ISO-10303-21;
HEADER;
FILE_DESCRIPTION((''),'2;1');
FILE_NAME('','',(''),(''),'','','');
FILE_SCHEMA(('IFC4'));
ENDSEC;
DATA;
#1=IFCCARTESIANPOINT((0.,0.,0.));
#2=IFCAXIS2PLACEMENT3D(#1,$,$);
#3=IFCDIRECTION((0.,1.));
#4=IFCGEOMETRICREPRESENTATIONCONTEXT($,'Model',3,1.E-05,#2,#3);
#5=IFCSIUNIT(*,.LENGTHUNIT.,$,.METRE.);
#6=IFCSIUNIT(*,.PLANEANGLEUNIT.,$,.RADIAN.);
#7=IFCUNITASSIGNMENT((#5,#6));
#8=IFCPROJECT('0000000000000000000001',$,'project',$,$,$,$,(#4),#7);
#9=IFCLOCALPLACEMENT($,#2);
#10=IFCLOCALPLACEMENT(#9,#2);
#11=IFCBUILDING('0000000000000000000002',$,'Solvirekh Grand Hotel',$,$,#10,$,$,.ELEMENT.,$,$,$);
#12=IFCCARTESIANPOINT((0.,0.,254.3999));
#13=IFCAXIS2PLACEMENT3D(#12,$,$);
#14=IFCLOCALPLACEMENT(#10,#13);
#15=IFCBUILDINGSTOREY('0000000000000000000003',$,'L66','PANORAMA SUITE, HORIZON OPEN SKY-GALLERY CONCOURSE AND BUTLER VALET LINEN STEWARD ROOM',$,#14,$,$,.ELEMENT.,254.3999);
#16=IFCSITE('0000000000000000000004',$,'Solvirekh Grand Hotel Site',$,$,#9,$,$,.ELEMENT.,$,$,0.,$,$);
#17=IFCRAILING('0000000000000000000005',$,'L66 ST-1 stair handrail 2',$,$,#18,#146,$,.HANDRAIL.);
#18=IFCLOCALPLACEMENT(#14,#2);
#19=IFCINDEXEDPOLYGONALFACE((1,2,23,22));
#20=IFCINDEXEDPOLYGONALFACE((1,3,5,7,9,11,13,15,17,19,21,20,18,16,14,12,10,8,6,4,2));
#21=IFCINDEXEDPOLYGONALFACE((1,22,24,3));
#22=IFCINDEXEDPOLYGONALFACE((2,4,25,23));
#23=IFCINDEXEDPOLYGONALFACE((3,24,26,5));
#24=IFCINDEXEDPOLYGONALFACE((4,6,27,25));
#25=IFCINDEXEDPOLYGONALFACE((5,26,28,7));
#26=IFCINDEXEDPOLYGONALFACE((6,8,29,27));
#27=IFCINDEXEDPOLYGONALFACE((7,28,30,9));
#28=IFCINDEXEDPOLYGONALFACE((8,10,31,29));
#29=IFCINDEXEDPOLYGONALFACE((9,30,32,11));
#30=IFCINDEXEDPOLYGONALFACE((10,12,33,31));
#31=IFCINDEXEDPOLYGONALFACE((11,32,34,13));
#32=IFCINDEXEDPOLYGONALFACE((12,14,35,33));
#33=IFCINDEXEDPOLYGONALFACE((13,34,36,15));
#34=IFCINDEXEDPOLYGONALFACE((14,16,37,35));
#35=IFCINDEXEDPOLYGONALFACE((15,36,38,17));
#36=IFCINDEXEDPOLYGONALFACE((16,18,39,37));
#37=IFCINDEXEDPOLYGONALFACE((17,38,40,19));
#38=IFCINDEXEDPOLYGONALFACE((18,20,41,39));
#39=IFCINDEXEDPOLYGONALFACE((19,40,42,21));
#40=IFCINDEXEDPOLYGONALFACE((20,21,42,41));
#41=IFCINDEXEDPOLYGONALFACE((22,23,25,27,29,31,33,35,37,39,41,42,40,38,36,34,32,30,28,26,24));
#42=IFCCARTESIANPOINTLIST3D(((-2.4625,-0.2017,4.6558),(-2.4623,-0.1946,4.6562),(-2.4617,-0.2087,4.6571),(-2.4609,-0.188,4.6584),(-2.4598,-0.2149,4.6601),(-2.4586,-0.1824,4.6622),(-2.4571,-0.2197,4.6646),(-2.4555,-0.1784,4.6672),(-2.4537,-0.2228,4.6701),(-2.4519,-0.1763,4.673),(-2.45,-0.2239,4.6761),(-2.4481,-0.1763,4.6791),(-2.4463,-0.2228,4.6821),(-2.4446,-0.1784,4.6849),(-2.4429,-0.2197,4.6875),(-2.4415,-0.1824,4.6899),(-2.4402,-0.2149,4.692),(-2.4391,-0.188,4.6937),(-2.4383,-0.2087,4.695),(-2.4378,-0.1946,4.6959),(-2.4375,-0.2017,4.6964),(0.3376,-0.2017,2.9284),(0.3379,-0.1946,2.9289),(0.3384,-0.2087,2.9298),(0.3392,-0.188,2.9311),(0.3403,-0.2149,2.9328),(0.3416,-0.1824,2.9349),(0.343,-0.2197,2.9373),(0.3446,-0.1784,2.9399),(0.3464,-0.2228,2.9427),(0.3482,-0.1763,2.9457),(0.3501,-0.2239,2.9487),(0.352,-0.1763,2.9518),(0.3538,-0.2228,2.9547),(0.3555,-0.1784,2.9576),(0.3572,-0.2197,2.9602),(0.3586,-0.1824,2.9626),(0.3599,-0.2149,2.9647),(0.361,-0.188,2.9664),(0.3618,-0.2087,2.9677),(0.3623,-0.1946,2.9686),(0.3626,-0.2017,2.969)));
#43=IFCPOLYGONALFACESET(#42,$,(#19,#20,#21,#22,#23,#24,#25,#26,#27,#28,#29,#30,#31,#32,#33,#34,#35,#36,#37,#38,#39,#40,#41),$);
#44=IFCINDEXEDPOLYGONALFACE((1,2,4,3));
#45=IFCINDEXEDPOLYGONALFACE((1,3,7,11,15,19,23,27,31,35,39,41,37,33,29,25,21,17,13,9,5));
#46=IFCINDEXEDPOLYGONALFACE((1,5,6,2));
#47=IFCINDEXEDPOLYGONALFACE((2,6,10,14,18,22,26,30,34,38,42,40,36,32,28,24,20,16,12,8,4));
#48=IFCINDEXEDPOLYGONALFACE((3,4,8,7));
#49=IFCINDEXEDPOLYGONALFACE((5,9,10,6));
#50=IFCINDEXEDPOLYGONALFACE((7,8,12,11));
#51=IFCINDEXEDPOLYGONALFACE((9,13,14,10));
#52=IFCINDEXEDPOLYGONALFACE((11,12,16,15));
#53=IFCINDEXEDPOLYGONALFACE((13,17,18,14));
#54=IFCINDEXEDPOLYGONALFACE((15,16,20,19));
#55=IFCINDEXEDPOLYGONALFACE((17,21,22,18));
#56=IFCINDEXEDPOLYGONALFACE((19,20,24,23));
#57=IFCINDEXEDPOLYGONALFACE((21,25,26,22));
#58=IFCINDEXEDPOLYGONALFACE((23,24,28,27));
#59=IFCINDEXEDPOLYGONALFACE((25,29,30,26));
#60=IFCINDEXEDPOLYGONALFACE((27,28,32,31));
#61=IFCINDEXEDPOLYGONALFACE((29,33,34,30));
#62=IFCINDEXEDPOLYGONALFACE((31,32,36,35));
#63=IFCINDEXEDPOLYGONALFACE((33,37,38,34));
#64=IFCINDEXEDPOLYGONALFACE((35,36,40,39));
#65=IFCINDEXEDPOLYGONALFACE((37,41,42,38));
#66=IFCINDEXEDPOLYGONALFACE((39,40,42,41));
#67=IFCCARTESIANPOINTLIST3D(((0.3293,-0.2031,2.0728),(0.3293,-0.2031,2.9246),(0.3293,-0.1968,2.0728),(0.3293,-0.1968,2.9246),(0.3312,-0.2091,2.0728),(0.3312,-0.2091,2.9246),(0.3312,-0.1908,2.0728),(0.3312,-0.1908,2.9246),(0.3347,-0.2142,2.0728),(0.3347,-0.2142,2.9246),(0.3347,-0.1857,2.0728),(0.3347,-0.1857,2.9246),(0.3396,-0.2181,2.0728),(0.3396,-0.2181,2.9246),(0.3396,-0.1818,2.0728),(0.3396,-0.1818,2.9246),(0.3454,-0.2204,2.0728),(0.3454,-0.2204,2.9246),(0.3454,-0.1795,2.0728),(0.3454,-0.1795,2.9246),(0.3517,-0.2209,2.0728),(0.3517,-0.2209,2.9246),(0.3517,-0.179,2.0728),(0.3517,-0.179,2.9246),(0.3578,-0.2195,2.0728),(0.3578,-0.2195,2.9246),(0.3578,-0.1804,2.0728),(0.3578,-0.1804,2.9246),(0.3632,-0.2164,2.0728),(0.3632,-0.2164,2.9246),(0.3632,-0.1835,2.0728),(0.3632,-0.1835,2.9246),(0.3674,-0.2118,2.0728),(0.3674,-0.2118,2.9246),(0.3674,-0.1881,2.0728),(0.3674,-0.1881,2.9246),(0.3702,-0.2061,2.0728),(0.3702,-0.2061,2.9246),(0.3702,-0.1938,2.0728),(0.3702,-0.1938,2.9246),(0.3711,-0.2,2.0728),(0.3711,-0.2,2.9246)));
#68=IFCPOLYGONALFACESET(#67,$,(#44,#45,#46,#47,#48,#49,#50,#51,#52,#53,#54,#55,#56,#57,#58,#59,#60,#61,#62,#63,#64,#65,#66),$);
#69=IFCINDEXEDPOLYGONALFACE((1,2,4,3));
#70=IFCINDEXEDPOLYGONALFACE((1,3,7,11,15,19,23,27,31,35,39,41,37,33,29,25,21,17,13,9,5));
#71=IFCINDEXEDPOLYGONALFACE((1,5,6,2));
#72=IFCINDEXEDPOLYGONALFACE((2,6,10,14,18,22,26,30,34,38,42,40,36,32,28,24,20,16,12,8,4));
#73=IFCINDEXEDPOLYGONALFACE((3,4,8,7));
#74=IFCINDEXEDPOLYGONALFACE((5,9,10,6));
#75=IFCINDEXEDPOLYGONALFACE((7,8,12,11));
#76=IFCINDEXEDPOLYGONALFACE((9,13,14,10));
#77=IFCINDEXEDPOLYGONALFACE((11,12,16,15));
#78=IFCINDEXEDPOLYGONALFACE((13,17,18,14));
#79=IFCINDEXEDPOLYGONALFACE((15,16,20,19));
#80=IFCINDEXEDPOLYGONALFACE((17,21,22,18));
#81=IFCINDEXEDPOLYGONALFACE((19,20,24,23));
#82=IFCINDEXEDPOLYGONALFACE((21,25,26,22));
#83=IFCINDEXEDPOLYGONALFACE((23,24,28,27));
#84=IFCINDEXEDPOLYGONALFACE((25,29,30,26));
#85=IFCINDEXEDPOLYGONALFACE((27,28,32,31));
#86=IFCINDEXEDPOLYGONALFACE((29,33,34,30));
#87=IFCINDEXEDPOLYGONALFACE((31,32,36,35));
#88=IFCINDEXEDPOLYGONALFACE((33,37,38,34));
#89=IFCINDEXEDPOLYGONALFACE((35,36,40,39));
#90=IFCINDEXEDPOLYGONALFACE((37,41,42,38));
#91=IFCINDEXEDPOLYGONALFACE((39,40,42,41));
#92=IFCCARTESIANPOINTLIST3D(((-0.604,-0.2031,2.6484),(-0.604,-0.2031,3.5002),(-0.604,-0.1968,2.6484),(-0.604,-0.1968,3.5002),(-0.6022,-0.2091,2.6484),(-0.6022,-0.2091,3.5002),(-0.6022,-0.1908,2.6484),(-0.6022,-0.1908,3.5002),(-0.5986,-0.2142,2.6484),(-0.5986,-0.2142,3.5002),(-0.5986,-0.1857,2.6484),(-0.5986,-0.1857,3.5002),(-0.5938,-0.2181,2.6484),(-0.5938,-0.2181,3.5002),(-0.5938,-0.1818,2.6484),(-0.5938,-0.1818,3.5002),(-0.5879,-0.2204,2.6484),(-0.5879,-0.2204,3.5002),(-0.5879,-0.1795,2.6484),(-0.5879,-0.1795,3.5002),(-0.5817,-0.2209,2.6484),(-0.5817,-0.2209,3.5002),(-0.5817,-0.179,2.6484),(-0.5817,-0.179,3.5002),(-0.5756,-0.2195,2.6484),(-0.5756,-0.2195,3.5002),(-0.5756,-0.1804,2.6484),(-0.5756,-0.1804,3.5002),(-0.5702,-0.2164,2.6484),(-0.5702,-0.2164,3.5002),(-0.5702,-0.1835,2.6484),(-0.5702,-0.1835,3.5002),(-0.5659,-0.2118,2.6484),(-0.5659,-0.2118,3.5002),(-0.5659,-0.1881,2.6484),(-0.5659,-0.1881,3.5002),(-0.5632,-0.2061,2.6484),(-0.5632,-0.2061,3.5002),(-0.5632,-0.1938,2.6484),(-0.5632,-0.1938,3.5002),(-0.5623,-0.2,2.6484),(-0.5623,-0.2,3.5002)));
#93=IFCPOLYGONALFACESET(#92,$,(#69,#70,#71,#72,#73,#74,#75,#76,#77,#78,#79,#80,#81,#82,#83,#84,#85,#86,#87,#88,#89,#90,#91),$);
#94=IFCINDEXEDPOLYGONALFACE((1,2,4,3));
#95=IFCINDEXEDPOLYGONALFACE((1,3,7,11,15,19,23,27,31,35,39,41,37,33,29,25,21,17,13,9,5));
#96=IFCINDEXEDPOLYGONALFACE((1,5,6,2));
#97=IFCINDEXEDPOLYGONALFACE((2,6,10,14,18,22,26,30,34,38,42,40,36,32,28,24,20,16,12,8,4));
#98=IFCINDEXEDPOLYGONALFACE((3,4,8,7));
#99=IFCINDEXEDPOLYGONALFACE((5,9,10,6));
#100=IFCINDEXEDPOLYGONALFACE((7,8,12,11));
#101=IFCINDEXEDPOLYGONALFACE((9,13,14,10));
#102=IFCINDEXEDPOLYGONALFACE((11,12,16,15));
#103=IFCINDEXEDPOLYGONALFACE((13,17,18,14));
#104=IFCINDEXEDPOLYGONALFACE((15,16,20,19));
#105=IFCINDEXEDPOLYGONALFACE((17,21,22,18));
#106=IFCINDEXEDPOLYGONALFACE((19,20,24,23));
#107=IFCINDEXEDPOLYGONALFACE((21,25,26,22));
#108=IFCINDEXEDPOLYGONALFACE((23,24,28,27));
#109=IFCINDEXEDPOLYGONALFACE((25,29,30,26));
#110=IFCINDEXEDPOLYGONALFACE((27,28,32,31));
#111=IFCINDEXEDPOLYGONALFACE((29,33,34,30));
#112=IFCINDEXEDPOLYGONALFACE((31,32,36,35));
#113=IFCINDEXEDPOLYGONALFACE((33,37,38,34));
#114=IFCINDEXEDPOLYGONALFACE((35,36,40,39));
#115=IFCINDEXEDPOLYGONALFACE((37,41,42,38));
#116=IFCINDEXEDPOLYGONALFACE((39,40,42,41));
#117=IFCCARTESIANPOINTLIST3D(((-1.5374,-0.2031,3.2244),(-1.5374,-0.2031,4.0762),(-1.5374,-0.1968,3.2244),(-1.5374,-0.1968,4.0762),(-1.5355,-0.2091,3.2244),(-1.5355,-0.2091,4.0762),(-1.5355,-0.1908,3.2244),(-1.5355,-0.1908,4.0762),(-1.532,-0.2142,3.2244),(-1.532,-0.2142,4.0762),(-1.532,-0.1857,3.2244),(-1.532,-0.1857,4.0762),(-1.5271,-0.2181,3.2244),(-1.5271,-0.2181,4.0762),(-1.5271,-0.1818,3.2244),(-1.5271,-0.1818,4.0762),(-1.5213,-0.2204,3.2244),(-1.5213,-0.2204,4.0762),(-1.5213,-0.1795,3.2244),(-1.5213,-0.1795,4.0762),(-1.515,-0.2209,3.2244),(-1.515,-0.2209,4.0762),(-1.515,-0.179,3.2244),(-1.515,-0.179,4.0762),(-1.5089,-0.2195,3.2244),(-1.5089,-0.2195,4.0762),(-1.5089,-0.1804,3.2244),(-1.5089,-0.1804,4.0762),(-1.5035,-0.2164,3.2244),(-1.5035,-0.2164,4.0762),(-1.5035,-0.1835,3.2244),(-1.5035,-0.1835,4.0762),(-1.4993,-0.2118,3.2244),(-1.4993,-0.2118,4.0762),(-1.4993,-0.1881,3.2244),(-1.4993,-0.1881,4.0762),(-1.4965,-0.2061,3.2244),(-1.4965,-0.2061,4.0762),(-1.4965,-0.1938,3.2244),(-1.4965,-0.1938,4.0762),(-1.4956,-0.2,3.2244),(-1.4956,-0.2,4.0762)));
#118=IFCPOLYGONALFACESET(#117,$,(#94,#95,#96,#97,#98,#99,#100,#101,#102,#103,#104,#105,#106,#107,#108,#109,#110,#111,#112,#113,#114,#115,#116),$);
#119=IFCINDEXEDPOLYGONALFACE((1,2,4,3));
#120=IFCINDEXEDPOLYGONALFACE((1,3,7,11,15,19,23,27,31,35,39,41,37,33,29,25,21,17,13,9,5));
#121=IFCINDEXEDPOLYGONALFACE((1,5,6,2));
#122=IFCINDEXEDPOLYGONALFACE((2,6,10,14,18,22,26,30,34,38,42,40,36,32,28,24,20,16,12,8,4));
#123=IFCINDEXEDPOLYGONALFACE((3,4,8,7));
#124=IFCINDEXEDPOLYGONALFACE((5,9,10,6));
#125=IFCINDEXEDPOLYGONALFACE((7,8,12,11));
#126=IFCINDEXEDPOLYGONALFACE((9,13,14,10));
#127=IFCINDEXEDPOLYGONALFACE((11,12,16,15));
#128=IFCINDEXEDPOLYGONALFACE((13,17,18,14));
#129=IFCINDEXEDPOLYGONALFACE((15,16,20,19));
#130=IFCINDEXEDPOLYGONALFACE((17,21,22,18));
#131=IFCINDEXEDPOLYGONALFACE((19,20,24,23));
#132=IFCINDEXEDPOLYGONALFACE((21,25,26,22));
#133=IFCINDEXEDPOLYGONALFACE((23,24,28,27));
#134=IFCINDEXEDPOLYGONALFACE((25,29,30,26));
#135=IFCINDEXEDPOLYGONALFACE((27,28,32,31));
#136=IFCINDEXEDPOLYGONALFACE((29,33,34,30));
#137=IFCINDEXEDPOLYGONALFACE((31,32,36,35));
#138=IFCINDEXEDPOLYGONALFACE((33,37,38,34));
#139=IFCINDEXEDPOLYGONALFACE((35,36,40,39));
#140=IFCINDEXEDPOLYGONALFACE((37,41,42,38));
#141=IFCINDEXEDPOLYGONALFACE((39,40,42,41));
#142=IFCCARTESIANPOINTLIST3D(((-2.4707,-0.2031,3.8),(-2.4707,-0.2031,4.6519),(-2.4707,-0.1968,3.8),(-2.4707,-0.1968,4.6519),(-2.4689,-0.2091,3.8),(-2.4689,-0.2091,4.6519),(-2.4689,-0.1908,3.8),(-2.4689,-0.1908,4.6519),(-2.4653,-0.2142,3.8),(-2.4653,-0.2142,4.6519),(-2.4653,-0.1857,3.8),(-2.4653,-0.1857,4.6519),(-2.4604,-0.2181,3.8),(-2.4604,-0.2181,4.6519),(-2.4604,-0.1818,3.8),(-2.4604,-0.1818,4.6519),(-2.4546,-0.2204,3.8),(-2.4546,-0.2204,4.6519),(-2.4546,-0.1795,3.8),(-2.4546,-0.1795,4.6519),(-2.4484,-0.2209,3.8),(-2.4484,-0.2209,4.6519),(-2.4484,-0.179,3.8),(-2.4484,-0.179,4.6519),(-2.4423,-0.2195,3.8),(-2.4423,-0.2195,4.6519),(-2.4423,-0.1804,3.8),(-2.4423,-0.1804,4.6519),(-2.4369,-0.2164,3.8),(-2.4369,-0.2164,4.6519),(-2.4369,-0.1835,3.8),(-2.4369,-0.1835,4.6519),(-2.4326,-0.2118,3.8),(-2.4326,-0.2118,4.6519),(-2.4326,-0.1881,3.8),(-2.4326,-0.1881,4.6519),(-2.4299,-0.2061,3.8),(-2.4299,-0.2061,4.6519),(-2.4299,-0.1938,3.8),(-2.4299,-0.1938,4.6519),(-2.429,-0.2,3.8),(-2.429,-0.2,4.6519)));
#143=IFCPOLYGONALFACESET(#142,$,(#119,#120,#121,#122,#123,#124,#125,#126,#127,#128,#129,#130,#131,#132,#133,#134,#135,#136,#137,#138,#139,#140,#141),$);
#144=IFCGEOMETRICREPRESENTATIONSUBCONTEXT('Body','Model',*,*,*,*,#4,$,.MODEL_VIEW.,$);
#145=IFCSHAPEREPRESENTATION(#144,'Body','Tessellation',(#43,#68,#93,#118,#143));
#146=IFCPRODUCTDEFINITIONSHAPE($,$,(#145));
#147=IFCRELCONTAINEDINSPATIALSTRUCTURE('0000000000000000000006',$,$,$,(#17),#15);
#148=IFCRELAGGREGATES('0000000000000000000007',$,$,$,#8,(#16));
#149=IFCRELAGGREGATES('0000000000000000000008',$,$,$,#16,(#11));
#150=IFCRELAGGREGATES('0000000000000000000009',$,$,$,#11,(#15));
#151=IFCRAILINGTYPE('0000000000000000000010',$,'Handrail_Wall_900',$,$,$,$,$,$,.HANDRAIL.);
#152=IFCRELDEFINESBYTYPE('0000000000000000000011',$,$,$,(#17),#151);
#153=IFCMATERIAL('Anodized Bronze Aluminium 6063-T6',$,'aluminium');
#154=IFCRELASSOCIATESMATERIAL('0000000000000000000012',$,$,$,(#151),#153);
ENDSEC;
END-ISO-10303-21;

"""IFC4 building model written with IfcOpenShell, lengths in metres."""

from ifc_helpers import new_model, si_unit, direction, frame, origin, origin_2d, place, context, subcontext, project, spatial, circle, extrude, material, type_object, element, save


model = new_model("IFC4")

# Units and contexts
model_context = context("Model", 3, precision=1e-05, world=origin(), true_north=direction((0.0, 1.0)))
body_context = subcontext(model_context, "Body", "Model", "MODEL_VIEW")
ifc_project = project(units=[si_unit("LENGTHUNIT", "METRE"), si_unit("PLANEANGLEUNIT", "RADIAN")], contexts=[model_context])

# Site, building, storey
site_placement = place(None, origin())
site = spatial("IfcSite", under=ifc_project, at=site_placement, Name="Solvirekh Grand Hotel Site", CompositionType="ELEMENT", RefElevation=0.0)
building_placement = place(site_placement, origin())
building = spatial("IfcBuilding", under=site, at=building_placement, Name="Solvirekh Grand Hotel", CompositionType="ELEMENT")
storey_placement = place(building_placement, frame((0.0, 0.0, 254.3999)))
storey = spatial("IfcBuildingStorey", under=building, at=storey_placement, Name="L66", Description="PANORAMA SUITE, HORIZON OPEN SKY-GALLERY CONCOURSE AND BUTLER VALET LINEN STEWARD ROOM", CompositionType="ELEMENT", Elevation=254.3999)

# Shared definitions
ifc_material_1 = material(Name="Anodized Bronze Aluminium 6063-T6", Category="aluminium")

# Railing
railing_type_1 = type_object("IfcRailingType", Name="Handrail_Wall_900", PredefinedType="HANDRAIL", material=ifc_material_1)
railing_1_placement = place(storey_placement, frame((0.3501, -0.2, 2.0728)))
element("IfcRailing", 1, at=railing_1_placement, inside=storey, type_object=railing_type_1, Name="L66 ST-1 stair handrail 2", PredefinedType="HANDRAIL", context=body_context, shape_type="SweptSolid", body=[
    extrude(circle(Radius=0.0239, at=origin_2d()), frame((0.0, 0.0, 0.876), z_axis=(-0.85109, 0.0, 0.52502), x_axis=(0.0, -1.0, 0.0)), (0.0, 0.0, 1.0), 3.29),
    extrude(circle(Radius=0.021, at=origin_2d()), origin(), (0.0, 0.0, 1.0), 0.8518),
    extrude(circle(Radius=0.021, at=origin_2d()), frame((-0.9333, 0.0, 0.5757)), (0.0, 0.0, 1.0), 0.8518),
    extrude(circle(Radius=0.021, at=origin_2d()), frame((-1.8667, 0.0, 1.1516)), (0.0, 0.0, 1.0), 0.8518),
    extrude(circle(Radius=0.021, at=origin_2d()), frame((-2.8, 0.0, 1.7273)), (0.0, 0.0, 1.0), 0.8518),
])

save(model, "model.ifc")
